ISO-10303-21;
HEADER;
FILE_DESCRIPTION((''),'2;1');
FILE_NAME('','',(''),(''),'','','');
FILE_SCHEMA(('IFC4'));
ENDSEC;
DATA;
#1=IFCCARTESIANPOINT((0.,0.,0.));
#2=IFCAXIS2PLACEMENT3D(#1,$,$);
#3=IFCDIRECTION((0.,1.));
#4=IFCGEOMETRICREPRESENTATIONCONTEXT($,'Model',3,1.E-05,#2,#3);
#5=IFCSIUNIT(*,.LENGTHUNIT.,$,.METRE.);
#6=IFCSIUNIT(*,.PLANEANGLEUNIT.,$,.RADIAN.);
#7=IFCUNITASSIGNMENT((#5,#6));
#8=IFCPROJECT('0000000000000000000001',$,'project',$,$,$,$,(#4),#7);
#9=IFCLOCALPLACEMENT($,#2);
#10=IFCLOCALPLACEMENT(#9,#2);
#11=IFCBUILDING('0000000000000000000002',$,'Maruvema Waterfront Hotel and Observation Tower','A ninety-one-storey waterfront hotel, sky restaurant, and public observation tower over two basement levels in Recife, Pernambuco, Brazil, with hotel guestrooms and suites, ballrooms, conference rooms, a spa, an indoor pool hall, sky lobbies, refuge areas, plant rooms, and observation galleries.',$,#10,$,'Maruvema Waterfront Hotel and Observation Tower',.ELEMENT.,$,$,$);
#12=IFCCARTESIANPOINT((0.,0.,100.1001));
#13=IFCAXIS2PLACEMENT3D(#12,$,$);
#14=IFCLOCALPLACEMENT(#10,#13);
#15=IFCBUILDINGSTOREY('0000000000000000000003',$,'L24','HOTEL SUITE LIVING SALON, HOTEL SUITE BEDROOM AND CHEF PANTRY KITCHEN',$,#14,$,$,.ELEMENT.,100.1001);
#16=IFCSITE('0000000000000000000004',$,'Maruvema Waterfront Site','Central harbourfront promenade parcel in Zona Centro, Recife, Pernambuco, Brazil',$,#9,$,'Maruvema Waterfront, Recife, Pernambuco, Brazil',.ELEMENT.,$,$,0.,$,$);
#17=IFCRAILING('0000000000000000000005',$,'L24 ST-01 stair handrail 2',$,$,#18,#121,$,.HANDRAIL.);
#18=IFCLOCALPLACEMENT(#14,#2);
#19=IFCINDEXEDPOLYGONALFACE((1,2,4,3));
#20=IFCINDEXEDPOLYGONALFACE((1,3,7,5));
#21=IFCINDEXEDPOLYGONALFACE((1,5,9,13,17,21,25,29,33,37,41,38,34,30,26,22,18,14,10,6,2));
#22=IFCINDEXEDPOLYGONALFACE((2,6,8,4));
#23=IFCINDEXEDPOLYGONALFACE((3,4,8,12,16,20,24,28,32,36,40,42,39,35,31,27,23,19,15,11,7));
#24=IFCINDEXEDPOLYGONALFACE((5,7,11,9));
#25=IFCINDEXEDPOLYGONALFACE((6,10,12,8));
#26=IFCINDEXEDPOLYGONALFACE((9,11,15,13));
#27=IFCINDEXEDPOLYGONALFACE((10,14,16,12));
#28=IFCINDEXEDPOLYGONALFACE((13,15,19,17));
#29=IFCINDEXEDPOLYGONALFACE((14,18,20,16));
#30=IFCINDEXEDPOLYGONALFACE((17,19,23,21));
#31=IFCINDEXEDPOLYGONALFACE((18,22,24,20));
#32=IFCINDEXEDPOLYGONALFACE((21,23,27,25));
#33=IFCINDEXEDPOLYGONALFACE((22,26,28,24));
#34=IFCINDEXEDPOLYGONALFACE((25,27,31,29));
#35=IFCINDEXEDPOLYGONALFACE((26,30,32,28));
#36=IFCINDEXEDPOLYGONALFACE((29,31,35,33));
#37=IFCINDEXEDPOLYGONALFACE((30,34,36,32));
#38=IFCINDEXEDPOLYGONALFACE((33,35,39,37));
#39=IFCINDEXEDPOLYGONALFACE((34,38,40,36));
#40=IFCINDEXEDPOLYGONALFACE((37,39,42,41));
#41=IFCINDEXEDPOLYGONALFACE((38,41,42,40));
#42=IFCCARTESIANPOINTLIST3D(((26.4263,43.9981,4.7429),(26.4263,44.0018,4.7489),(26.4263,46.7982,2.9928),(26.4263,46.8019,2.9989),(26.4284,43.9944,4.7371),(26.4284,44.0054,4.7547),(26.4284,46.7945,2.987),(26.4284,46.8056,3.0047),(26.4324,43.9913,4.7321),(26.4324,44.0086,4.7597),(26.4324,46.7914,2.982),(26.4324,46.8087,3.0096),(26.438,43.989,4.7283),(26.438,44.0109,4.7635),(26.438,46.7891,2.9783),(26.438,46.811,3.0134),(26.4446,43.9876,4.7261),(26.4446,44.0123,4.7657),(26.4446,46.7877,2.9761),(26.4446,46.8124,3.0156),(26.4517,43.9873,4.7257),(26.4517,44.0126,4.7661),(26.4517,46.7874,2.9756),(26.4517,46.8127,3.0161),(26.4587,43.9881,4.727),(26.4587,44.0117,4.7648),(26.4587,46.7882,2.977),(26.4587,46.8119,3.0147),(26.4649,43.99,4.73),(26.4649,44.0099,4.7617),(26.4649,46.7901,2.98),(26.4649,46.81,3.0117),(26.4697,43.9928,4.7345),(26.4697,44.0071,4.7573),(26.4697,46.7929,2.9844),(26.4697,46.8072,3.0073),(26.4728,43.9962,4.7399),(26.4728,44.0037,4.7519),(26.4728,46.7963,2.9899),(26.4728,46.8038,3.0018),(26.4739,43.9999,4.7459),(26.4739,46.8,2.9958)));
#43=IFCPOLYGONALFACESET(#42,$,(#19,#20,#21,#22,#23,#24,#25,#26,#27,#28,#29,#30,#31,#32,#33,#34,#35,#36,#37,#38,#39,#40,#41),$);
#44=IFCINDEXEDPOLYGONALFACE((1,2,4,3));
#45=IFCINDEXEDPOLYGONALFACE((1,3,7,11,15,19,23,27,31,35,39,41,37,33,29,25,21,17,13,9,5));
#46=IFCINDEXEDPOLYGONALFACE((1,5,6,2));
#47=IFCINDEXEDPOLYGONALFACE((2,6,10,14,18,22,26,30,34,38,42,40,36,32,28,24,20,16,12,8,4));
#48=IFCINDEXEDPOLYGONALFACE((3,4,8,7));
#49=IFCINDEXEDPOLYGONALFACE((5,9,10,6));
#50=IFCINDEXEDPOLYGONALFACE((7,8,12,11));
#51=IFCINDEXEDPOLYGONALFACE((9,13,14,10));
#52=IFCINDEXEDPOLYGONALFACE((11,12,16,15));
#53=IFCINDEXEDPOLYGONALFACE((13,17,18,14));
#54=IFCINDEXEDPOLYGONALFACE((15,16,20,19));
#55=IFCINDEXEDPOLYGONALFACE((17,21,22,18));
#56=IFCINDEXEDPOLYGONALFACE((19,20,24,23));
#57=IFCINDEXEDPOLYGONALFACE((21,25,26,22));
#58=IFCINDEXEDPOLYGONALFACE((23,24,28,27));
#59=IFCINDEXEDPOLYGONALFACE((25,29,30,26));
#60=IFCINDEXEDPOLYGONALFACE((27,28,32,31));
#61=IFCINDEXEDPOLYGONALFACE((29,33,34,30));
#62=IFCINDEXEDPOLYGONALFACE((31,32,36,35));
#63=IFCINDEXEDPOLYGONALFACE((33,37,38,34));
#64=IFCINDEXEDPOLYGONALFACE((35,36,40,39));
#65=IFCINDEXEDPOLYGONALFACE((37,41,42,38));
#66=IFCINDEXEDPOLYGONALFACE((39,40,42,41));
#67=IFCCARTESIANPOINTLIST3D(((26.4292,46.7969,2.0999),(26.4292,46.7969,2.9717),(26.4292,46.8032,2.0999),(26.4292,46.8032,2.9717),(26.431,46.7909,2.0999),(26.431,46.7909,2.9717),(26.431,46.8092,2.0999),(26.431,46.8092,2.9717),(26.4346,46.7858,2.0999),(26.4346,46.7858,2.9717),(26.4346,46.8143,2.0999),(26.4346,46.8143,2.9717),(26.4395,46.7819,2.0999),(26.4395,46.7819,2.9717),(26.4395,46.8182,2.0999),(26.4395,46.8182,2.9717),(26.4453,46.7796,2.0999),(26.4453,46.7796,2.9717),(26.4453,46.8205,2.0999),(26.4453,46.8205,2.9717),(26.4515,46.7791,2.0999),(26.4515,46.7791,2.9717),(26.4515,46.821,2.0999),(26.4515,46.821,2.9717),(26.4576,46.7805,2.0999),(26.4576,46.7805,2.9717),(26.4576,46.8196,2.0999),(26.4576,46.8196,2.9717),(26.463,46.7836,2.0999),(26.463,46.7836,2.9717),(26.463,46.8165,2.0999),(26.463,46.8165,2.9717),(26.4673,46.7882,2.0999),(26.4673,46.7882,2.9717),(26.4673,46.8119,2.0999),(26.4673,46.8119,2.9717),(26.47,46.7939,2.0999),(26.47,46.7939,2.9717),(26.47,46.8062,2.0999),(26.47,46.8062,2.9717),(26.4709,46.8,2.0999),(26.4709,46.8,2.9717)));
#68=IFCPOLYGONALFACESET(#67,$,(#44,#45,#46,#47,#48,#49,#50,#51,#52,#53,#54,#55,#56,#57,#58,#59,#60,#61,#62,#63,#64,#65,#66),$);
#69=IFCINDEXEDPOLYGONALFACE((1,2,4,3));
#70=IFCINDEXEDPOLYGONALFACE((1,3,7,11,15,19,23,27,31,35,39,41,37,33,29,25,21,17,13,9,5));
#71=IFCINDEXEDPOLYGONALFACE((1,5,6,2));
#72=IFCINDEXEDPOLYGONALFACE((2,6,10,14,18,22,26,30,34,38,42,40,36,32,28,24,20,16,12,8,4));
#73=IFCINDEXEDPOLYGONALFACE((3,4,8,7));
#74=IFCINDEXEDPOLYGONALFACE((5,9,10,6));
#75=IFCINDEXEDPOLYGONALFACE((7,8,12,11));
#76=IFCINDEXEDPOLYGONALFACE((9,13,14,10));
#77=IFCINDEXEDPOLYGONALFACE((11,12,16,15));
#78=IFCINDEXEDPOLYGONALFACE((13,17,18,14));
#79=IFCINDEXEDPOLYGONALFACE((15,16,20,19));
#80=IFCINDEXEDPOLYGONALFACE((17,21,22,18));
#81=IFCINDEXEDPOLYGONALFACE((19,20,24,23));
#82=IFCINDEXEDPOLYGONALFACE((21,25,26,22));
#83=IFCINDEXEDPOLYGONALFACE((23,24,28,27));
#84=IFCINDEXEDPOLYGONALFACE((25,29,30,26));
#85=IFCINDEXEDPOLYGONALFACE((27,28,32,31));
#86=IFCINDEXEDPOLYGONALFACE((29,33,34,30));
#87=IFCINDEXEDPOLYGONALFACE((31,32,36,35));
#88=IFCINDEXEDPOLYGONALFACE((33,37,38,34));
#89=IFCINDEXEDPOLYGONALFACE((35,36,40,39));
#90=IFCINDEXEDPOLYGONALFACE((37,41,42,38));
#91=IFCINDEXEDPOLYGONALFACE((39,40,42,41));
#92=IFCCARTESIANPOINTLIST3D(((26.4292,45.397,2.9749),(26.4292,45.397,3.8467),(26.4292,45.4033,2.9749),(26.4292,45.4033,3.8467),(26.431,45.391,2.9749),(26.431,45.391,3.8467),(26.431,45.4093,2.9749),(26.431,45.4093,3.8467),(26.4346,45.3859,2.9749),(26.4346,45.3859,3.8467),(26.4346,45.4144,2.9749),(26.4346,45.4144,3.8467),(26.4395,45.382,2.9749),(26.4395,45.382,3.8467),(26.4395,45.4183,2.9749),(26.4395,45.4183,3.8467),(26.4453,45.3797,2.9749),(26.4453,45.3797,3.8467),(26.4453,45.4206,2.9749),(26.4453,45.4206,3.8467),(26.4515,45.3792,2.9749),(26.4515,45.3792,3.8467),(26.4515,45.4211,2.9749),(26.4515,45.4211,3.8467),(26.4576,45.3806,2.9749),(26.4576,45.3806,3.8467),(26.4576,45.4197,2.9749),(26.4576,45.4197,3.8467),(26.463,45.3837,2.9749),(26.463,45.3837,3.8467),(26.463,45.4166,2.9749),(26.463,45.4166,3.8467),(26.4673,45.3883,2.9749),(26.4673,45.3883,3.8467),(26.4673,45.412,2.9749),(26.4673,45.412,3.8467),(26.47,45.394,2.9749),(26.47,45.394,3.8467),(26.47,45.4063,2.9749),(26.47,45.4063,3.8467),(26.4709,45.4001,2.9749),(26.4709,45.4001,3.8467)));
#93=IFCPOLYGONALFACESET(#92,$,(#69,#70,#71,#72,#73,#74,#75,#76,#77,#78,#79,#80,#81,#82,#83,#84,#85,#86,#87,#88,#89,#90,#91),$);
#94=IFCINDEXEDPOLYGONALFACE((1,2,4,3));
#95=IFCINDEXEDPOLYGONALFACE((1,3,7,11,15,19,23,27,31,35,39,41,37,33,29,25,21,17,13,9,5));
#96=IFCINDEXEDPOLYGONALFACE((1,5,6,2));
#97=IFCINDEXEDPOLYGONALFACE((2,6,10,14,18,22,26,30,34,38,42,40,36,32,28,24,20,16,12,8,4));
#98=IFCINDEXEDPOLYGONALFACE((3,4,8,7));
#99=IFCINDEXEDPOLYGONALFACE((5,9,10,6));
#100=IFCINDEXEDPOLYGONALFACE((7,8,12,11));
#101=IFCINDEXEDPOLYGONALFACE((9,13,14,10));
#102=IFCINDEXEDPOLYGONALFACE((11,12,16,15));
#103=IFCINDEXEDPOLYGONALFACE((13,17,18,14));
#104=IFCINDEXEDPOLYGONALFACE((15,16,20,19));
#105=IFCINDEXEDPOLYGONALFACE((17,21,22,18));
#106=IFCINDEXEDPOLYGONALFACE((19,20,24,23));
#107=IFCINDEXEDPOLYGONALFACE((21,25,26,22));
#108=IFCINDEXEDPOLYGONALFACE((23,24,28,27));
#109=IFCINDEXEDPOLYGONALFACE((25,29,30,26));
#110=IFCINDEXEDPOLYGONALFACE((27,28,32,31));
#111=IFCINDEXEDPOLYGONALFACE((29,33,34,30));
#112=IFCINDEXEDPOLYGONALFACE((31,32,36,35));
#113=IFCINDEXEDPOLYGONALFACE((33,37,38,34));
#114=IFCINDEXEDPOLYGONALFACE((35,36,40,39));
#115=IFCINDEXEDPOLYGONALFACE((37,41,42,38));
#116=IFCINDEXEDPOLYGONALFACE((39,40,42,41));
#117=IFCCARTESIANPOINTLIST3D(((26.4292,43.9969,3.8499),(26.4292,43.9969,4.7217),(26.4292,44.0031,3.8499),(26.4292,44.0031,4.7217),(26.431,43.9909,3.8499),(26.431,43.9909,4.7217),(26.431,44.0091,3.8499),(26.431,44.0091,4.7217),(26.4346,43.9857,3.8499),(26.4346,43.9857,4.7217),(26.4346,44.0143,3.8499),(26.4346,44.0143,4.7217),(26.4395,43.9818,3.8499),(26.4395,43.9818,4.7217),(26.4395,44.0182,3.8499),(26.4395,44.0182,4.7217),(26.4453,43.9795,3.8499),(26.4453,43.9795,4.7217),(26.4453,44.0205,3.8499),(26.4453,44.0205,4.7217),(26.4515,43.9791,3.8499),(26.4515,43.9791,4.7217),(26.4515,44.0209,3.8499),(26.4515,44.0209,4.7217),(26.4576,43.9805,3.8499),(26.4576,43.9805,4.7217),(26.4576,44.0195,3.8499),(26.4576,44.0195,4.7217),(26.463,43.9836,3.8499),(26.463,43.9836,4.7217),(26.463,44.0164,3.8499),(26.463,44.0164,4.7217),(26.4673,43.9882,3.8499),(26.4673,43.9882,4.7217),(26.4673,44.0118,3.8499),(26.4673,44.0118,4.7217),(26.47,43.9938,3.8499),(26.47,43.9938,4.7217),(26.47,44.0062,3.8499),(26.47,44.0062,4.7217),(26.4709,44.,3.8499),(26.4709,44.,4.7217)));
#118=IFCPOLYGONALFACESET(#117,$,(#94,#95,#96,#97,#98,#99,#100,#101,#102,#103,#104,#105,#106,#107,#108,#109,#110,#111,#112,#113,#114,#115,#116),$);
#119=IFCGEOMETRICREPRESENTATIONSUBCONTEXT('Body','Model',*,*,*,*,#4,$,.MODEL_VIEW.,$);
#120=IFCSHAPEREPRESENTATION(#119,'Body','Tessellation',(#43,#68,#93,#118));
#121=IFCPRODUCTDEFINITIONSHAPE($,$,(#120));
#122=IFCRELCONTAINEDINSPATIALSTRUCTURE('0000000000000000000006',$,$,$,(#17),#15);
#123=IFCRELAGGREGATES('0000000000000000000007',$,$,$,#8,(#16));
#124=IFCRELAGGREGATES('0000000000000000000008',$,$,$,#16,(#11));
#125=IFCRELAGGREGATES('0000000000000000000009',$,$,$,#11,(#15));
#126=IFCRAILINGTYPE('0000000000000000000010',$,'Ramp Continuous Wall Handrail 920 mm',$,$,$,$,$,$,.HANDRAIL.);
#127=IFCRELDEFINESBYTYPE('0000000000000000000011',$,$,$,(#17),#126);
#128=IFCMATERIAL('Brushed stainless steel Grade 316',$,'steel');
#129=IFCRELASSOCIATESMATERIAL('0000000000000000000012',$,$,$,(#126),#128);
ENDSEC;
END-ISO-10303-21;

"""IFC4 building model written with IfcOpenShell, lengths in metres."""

from ifc_helpers import new_model, si_unit, direction, frame, origin, origin_2d, place, context, subcontext, project, spatial, circle, extrude, material, type_object, element, save


model = new_model("IFC4")

# Units and contexts
model_context = context("Model", 3, precision=1e-05, world=origin(), true_north=direction((0.0, 1.0)))
body_context = subcontext(model_context, "Body", "Model", "MODEL_VIEW")
ifc_project = project(units=[si_unit("LENGTHUNIT", "METRE"), si_unit("PLANEANGLEUNIT", "RADIAN")], contexts=[model_context])

# Site, building, storey
site_placement = place(None, origin())
site = spatial("IfcSite", under=ifc_project, at=site_placement, Name="Maruvema Waterfront Site", Description="Central harbourfront promenade parcel in Zona Centro, Recife, Pernambuco, Brazil", LongName="Maruvema Waterfront, Recife, Pernambuco, Brazil", CompositionType="ELEMENT", RefElevation=0.0)
building_placement = place(site_placement, origin())
building = spatial("IfcBuilding", under=site, at=building_placement, Name="Maruvema Waterfront Hotel and Observation Tower", Description="A ninety-one-storey waterfront hotel, sky restaurant, and public observation tower over two basement levels in Recife, Pernambuco, Brazil, with hotel guestrooms and suites, ballrooms, conference rooms, a spa, an indoor pool hall, sky lobbies, refuge areas, plant rooms, and observation galleries.", LongName="Maruvema Waterfront Hotel and Observation Tower", CompositionType="ELEMENT")
storey_placement = place(building_placement, frame((0.0, 0.0, 100.1001)))
storey = spatial("IfcBuildingStorey", under=building, at=storey_placement, Name="L24", Description="HOTEL SUITE LIVING SALON, HOTEL SUITE BEDROOM AND CHEF PANTRY KITCHEN", CompositionType="ELEMENT", Elevation=100.1001)

# Railing
ifc_material_1 = material(Name="Brushed stainless steel Grade 316", Category="steel")
railing_type_1 = type_object("IfcRailingType", Name="Ramp Continuous Wall Handrail 920 mm", PredefinedType="HANDRAIL", material=ifc_material_1)
railing_1_placement = place(storey_placement, frame((26.45, 46.8, 2.0999)))
element("IfcRailing", 1, at=railing_1_placement, inside=storey, type_object=railing_type_1, Name="L24 ST-01 stair handrail 2", PredefinedType="HANDRAIL", context=body_context, shape_type="SweptSolid", body=[
    extrude(circle(Radius=0.0239, at=origin_2d()), frame((0.0, 0.0, 0.896), z_axis=(0.0, -0.848002, 0.529992), x_axis=(1.0, 0.0, 0.0)), (0.0, 0.0, 1.0), 3.302),
    extrude(circle(Radius=0.021, at=origin_2d()), origin(), (0.0, 0.0, 1.0), 0.8718),
    extrude(circle(Radius=0.021, at=origin_2d()), frame((0.0, -1.3999, 0.875)), (0.0, 0.0, 1.0), 0.8718),
    extrude(circle(Radius=0.021, at=origin_2d()), frame((0.0, -2.8, 1.75)), (0.0, 0.0, 1.0), 0.8718),
])

save(model, "model.ifc")
